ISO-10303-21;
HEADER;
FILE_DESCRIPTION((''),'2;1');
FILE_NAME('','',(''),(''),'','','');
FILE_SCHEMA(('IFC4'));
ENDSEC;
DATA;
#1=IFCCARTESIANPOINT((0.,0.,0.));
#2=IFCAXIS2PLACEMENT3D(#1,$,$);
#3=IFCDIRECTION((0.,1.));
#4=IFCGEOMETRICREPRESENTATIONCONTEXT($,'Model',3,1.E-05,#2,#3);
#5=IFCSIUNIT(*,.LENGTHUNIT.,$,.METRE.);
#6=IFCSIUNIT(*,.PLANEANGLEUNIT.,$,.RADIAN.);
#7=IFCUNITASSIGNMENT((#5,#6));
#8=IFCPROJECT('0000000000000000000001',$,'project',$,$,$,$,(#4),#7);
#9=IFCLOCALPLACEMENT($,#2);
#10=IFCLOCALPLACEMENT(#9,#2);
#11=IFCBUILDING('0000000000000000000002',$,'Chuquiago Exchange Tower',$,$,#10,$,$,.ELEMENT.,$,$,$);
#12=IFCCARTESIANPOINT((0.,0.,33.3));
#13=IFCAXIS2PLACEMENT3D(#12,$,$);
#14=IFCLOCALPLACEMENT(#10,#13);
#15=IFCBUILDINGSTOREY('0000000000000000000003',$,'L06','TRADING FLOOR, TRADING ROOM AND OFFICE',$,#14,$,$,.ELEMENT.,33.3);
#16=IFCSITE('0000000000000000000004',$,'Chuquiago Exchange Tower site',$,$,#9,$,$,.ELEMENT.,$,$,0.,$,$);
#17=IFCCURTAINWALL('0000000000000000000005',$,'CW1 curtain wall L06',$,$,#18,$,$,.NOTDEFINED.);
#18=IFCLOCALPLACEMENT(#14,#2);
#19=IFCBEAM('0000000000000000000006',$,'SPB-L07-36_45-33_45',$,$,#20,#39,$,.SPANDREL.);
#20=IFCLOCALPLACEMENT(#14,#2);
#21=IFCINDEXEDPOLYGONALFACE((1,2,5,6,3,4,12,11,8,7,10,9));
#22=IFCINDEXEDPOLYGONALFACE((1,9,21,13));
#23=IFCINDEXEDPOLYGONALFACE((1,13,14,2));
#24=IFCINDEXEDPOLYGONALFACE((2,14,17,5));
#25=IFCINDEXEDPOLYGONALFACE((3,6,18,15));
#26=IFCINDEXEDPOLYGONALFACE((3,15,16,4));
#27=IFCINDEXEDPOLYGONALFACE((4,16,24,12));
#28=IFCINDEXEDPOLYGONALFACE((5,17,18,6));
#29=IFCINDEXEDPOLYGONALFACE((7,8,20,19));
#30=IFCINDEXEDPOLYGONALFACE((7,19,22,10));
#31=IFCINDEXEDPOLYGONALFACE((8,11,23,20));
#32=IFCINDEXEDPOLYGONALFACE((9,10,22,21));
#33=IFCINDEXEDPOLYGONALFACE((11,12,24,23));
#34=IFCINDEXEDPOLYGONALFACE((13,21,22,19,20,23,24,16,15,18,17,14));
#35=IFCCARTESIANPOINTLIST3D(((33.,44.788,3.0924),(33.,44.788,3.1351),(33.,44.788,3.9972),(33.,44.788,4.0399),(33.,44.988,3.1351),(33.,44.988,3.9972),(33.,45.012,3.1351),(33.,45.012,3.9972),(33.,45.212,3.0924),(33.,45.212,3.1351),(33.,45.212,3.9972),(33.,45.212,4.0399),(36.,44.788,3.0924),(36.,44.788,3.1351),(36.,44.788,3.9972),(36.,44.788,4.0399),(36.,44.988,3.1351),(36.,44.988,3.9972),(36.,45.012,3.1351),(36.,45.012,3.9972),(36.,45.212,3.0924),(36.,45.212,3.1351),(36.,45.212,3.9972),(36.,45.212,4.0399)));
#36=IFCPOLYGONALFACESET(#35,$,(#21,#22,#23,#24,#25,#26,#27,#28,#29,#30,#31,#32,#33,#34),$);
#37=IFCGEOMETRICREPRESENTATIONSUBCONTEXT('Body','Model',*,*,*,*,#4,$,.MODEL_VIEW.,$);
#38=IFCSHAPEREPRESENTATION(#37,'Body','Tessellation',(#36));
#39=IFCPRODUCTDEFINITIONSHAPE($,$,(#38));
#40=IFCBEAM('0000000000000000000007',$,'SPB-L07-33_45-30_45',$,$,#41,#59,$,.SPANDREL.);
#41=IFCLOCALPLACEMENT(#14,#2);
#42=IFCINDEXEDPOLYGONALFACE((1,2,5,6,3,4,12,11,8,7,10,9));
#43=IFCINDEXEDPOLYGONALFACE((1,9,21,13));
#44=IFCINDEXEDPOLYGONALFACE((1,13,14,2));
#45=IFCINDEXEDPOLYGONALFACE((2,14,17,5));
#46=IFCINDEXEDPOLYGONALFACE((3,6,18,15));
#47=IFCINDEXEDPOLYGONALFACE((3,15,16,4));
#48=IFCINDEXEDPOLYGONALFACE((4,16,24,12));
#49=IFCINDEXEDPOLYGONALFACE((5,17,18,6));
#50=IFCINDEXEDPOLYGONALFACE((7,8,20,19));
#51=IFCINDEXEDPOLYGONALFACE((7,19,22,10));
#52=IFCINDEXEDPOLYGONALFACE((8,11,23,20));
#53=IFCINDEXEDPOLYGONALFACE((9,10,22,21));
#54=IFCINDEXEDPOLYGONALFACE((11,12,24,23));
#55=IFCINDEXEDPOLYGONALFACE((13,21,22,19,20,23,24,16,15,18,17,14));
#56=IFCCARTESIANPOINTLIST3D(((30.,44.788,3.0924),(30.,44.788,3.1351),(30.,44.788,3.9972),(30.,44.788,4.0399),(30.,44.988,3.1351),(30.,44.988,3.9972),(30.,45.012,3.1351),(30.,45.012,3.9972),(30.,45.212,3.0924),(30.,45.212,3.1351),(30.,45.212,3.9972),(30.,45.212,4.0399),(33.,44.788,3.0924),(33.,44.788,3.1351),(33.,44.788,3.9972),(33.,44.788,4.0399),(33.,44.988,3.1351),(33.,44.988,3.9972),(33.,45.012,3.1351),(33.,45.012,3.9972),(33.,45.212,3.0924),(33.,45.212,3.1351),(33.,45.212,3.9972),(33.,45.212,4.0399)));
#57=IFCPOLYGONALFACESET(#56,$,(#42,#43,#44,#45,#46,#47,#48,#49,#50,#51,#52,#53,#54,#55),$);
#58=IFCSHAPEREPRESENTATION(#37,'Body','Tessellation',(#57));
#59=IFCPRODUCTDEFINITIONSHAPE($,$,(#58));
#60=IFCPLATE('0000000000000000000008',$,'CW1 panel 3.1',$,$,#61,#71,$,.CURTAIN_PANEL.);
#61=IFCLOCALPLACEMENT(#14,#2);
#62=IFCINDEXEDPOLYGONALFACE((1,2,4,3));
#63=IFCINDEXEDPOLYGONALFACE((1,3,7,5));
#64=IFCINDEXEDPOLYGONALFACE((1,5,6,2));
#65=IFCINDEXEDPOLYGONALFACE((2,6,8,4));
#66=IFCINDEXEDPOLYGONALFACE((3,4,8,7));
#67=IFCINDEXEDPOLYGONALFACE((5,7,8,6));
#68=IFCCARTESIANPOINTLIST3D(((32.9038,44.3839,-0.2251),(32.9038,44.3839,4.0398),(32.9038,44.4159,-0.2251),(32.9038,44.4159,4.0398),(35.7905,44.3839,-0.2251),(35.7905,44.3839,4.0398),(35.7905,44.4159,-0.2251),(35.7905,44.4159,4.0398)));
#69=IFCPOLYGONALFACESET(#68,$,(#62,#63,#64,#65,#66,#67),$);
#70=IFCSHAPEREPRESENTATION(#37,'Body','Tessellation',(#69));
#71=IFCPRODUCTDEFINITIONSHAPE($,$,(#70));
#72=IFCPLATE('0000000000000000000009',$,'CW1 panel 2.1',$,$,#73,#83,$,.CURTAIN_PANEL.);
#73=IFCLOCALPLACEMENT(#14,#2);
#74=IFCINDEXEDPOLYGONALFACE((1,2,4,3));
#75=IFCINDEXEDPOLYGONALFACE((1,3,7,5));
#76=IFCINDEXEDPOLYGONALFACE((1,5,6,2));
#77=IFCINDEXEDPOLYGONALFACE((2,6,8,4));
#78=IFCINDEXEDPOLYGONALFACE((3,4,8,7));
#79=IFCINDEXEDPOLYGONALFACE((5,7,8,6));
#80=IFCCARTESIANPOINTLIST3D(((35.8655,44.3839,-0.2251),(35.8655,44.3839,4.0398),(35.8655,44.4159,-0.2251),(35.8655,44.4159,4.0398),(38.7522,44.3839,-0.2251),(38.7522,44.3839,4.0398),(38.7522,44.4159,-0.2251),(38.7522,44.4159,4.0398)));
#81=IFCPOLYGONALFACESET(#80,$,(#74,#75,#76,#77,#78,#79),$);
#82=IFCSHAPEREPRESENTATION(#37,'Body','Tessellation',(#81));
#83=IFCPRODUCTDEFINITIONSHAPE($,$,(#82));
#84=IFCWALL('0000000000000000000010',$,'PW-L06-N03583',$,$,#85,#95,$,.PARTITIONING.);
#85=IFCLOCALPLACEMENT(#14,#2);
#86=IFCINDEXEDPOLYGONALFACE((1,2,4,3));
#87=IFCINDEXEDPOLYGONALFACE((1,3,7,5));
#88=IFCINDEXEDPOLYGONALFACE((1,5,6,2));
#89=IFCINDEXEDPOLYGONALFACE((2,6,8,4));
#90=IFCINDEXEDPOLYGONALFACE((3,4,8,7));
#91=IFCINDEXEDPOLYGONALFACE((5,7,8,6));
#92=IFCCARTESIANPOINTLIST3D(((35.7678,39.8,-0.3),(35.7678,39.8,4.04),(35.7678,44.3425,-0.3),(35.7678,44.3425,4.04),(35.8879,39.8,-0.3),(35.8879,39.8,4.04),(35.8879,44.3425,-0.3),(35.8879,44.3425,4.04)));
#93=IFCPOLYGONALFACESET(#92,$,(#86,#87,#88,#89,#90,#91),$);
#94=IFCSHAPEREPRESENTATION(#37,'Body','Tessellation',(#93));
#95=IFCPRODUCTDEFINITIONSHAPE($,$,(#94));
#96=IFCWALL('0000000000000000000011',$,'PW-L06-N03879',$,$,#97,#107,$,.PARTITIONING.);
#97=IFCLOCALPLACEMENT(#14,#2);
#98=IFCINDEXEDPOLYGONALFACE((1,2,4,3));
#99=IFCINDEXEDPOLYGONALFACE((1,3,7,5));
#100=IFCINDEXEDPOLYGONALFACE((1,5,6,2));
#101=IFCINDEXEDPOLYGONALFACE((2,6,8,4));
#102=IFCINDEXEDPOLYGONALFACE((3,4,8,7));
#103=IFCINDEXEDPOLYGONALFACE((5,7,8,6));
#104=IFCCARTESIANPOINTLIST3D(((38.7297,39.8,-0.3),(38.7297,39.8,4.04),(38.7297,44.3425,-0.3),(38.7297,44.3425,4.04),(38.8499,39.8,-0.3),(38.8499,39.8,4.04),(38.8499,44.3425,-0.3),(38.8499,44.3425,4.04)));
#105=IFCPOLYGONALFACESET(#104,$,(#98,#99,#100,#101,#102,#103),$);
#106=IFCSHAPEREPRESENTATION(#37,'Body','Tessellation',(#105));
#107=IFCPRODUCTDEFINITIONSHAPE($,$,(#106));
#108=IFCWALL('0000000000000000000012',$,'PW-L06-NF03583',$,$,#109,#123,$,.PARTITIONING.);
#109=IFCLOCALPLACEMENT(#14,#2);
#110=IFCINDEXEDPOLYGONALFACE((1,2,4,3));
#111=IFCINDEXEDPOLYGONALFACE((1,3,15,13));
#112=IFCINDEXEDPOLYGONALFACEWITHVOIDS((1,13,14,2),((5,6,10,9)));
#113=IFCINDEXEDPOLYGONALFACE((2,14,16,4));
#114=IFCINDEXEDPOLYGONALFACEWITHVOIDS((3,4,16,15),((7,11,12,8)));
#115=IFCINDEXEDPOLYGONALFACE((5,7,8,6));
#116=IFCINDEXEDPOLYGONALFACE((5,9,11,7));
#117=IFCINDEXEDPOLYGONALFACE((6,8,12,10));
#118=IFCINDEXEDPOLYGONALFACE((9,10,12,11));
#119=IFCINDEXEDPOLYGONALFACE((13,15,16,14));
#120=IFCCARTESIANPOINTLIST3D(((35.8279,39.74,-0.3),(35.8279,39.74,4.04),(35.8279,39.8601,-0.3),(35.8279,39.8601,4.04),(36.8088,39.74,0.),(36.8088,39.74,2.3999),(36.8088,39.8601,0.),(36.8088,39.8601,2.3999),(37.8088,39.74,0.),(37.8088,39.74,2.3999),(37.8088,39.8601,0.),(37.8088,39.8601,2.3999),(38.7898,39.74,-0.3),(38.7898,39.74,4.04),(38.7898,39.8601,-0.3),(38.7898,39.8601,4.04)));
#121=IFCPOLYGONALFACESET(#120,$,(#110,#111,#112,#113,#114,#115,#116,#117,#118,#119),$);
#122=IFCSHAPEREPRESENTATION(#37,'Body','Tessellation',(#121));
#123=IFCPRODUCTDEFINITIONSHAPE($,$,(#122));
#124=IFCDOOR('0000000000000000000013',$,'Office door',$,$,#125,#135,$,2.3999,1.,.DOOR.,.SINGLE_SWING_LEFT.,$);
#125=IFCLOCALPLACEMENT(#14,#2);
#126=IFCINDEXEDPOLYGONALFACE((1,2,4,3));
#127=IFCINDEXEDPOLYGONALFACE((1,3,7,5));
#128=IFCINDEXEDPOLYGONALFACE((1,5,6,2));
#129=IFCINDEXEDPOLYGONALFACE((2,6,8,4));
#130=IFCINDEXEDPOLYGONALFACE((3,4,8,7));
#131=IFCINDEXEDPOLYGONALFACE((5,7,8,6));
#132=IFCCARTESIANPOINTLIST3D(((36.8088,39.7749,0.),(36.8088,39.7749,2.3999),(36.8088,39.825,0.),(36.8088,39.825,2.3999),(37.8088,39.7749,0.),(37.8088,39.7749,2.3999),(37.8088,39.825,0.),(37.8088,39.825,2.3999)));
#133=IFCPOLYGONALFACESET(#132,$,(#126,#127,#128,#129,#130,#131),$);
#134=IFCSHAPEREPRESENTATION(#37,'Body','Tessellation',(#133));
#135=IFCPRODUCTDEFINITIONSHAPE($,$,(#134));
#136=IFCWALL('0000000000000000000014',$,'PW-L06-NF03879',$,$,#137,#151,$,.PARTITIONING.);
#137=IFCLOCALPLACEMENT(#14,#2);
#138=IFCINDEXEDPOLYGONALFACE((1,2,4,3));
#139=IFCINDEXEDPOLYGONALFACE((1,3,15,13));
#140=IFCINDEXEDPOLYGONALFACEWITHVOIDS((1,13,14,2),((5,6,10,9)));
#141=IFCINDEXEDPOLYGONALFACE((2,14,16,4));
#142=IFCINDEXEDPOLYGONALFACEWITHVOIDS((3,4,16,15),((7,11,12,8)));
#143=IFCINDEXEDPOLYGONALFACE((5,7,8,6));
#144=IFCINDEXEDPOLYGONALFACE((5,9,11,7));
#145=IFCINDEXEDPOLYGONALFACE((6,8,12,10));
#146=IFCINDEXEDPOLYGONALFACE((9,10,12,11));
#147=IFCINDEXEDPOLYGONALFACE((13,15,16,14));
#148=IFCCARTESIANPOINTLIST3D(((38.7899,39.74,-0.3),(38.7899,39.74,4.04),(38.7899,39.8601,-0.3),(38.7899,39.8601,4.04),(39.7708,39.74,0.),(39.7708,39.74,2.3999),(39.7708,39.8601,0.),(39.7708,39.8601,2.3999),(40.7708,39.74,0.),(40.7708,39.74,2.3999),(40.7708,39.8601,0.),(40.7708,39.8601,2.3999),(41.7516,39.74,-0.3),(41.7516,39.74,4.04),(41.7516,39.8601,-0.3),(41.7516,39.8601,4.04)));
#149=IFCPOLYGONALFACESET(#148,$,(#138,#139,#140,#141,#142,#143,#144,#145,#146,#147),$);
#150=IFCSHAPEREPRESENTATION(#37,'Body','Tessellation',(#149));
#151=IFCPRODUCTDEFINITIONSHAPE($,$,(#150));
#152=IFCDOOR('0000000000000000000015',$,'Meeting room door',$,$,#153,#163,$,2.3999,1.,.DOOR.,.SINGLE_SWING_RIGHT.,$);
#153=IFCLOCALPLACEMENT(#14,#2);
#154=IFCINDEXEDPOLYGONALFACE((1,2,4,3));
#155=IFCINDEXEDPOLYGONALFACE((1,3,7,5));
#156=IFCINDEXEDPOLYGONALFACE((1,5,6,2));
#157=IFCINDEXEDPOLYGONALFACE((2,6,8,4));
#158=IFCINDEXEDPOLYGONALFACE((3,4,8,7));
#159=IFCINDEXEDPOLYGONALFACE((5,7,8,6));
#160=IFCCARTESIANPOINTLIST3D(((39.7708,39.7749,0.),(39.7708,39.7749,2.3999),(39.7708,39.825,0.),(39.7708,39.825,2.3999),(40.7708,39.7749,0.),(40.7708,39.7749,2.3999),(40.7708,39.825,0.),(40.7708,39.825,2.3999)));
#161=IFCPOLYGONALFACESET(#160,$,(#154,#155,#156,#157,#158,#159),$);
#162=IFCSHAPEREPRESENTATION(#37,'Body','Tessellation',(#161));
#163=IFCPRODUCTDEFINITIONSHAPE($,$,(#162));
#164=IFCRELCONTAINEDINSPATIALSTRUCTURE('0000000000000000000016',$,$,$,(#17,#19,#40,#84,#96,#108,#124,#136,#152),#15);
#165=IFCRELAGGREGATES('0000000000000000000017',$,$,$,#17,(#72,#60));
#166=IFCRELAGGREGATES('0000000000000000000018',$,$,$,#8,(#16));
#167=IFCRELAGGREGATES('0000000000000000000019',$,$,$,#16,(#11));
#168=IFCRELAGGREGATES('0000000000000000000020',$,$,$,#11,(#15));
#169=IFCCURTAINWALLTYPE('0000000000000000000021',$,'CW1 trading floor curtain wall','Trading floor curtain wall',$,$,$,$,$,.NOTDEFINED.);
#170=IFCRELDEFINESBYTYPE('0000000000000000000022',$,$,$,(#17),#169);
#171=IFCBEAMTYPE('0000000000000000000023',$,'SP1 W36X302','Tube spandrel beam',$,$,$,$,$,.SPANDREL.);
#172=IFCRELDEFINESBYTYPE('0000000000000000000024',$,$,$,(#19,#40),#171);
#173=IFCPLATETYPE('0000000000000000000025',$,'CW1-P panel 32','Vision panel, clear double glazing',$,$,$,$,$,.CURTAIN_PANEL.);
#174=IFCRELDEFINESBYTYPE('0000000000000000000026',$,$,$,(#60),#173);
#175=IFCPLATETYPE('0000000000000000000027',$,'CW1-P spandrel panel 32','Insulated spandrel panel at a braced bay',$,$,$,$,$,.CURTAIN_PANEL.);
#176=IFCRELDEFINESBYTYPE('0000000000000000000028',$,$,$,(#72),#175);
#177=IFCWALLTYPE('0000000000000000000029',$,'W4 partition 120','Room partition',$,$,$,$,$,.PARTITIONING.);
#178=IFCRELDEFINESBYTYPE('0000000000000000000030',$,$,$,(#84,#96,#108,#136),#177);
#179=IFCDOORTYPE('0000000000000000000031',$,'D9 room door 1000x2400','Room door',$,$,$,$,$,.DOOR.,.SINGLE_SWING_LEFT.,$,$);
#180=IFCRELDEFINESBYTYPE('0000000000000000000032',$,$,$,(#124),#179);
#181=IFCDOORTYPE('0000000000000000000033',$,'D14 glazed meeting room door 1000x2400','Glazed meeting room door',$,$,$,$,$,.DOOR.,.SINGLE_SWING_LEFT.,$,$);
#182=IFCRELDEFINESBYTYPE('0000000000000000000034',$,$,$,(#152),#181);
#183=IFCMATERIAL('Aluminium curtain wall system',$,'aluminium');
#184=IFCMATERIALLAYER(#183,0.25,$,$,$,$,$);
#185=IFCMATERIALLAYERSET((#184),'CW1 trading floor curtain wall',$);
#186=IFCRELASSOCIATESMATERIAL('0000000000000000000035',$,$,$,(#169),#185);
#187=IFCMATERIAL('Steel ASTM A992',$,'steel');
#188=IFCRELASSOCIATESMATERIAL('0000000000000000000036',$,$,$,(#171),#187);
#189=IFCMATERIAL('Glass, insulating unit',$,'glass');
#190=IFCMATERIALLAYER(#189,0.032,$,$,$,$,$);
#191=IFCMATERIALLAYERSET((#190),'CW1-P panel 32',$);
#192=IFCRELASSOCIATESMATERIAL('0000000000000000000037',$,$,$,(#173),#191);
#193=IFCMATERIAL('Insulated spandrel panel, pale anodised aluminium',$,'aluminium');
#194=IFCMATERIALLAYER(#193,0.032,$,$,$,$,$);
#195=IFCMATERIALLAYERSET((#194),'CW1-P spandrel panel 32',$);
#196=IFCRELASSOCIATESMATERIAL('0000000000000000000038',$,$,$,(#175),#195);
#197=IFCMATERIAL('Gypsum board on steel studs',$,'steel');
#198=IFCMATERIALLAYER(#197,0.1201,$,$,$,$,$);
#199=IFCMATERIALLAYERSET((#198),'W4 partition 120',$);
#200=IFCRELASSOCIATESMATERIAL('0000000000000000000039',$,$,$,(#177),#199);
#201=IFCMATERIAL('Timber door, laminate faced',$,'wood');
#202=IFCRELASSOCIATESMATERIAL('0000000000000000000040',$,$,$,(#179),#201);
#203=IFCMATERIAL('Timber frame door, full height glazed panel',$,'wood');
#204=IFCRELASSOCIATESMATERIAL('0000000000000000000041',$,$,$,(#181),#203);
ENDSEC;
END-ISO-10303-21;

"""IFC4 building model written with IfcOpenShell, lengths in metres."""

from ifc_helpers import new_model, si_unit, direction, frame, frame_2d, origin, origin_2d, place, context, subcontext, project, spatial, rectangle, i_section, extrude, material, layer, layer_set, material_profile, profile_set, type_object, element, fill, aggregate, save


model = new_model("IFC4")

# Units and contexts
model_context = context("Model", 3, precision=1e-05, world=origin(), true_north=direction((0.0, 1.0)))
body_context = subcontext(model_context, "Body", "Model", "MODEL_VIEW")
ifc_project = project(units=[si_unit("LENGTHUNIT", "METRE"), si_unit("PLANEANGLEUNIT", "RADIAN")], contexts=[model_context])

# Site, building, storey
site_placement = place(None, origin())
site = spatial("IfcSite", under=ifc_project, at=site_placement, Name="Chuquiago Exchange Tower site", CompositionType="ELEMENT", RefElevation=0.0)
building_placement = place(site_placement, origin())
building = spatial("IfcBuilding", under=site, at=building_placement, Name="Chuquiago Exchange Tower", CompositionType="ELEMENT")
storey_placement = place(building_placement, frame((0.0, 0.0, 33.3)))
storey = spatial("IfcBuildingStorey", under=building, at=storey_placement, Name="L06", Description="TRADING FLOOR, TRADING ROOM AND OFFICE", CompositionType="ELEMENT", Elevation=33.3)

# Curtain wall
ifc_material_1 = material(Name="Aluminium curtain wall system", Category="aluminium")
ifc_layer_1 = layer(ifc_material_1, 0.25)
ifc_layer_set_1 = layer_set([ifc_layer_1], Name="CW1 trading floor curtain wall")
curtain_wall_type = type_object("IfcCurtainWallType", Name="CW1 trading floor curtain wall", Description="Trading floor curtain wall", PredefinedType="NOTDEFINED", material=ifc_layer_set_1)
curtain_wall_placement = place(storey_placement, origin())
curtain_wall = element("IfcCurtainWall", 1, at=curtain_wall_placement, inside=storey, type_object=curtain_wall_type, Name="CW1 curtain wall L06", PredefinedType="NOTDEFINED")

# Beams
ifc_material_2 = material(Name="Steel ASTM A992", Category="steel")
ifc_material_profile_1 = material_profile(ifc_material_2, i_section(OverallWidth=0.4241, OverallDepth=0.9475, WebThickness=0.0239, FlangeThickness=0.0427, at=origin_2d()), Name="W36X302")
ifc_profile_set_1 = profile_set([ifc_material_profile_1], Name="Steel ASTM A992")
beam_type_1 = type_object("IfcBeamType", Name="SP1 W36X302", Description="Tube spandrel beam", PredefinedType="SPANDREL", material=ifc_profile_set_1)
for number, where, z_axis, x_axis, name in (
    (2, (36.0, 45.0, 3.5662), (-1.0, 0.0, 0.0), (0.0, -1.0, 0.0), "SPB-L07-36_45-33_45"),
    (3, (33.0, 45.0, 3.5662), (-1.0, 0.0, 0.0), (0.0, -1.0, 0.0), "SPB-L07-33_45-30_45"),
):
    element("IfcBeam", number, at=place(storey_placement, frame(where, z_axis=z_axis, x_axis=x_axis)), inside=storey, type_object=beam_type_1, Name=name, PredefinedType="SPANDREL", context=body_context, shape_type="SweptSolid", body=[
        extrude(i_section(OverallWidth=0.4241, OverallDepth=0.9475, WebThickness=0.0239, FlangeThickness=0.0427, at=origin_2d()), origin(), (0.0, 0.0, 1.0), 3.0),
    ])

# Plates
ifc_material_3 = material(Name="Glass, insulating unit", Category="glass")
ifc_layer_2 = layer(ifc_material_3, 0.032)
ifc_layer_set_2 = layer_set([ifc_layer_2], Name="CW1-P panel 32")
plate_type_1 = type_object("IfcPlateType", Name="CW1-P panel 32", Description="Vision panel, clear double glazing", PredefinedType="CURTAIN_PANEL", material=ifc_layer_set_2)
plate_1_placement = place(storey_placement, frame((34.3472, 44.3999, -0.2251), z_axis=(0.0, 0.0, 1.0), x_axis=(-1.0, 0.0, 0.0)))
plate_1 = element("IfcPlate", 4, at=plate_1_placement, type_object=plate_type_1, Name="CW1 panel 3.1", PredefinedType="CURTAIN_PANEL", context=body_context, shape_type="SweptSolid", body=[
    extrude(rectangle(XDim=2.8867, YDim=0.032, at=origin_2d()), origin(), (0.0, 0.0, 1.0), 4.2649),
])
ifc_material_4 = material(Name="Insulated spandrel panel, pale anodised aluminium", Category="aluminium")
ifc_layer_3 = layer(ifc_material_4, 0.032)
ifc_layer_set_3 = layer_set([ifc_layer_3], Name="CW1-P spandrel panel 32")
plate_type_2 = type_object("IfcPlateType", Name="CW1-P spandrel panel 32", Description="Insulated spandrel panel at a braced bay", PredefinedType="CURTAIN_PANEL", material=ifc_layer_set_3)
plate_2_placement = place(storey_placement, frame((37.3088, 44.3999, -0.2251), z_axis=(0.0, 0.0, 1.0), x_axis=(-1.0, 0.0, 0.0)))
plate_2 = element("IfcPlate", 5, at=plate_2_placement, type_object=plate_type_2, Name="CW1 panel 2.1", PredefinedType="CURTAIN_PANEL", context=body_context, shape_type="SweptSolid", body=[
    extrude(rectangle(XDim=2.8867, YDim=0.032, at=origin_2d()), origin(), (0.0, 0.0, 1.0), 4.2649),
])
aggregate(curtain_wall, [plate_2, plate_1])

# Walls
ifc_material_5 = material(Name="Gypsum board on steel studs", Category="steel")
ifc_layer_4 = layer(ifc_material_5, 0.1201)
ifc_layer_set_4 = layer_set([ifc_layer_4], Name="W4 partition 120")
wall_type = type_object("IfcWallType", Name="W4 partition 120", Description="Room partition", PredefinedType="PARTITIONING", material=ifc_layer_set_4)
for number, where, z_axis, x_axis, name in (
    (6, (35.8279, 44.3425, -0.3), (0.0, 0.0, 1.0), (0.0, -1.0, 0.0), "PW-L06-N03583"),
    (7, (38.7898, 44.3425, -0.3), (0.0, 0.0, 1.0), (0.0, -1.0, 0.0), "PW-L06-N03879"),
):
    element("IfcWall", number, at=place(storey_placement, frame(where, z_axis=z_axis, x_axis=x_axis)), inside=storey, type_object=wall_type, Name=name, PredefinedType="PARTITIONING", context=body_context, shape_type="SweptSolid", body=[
        extrude(rectangle(XDim=4.5425, YDim=0.1201, at=frame_2d((2.2712, 0.0))), origin(), (0.0, 0.0, 1.0), 4.3401),
    ])

# Walls, openings, doors
wall_1_placement = place(storey_placement, frame((35.8279, 39.8, -0.3), z_axis=(0.0, 0.0, 1.0), x_axis=(1.0, 0.0, 0.0)))
wall_1 = element("IfcWall", 8, at=wall_1_placement, inside=storey, type_object=wall_type, Name="PW-L06-NF03583", PredefinedType="PARTITIONING", context=body_context, shape_type="SweptSolid", body=[
    extrude(rectangle(XDim=2.9619, YDim=0.1201, at=frame_2d((1.481, 0.0))), origin(), (0.0, 0.0, 1.0), 4.3401),
])
opening_1_placement = place(wall_1_placement, frame((0.981, 0.0, 0.3)))
opening_1 = element("IfcOpeningElement", 9, at=opening_1_placement, cuts=wall_1, PredefinedType="OPENING", context=body_context, shape_type="SweptSolid", body=[
    extrude(rectangle(XDim=1.0, YDim=2.3999, at=frame_2d((0.5, 1.2))), frame((0.0, 0.0701, 0.0), z_axis=(0.0, -1.0, 0.0), x_axis=(1.0, 0.0, 0.0)), (0.0, 0.0, 1.0), 0.1401),
])
ifc_material_6 = material(Name="Timber door, laminate faced", Category="wood")
door_type_1 = type_object("IfcDoorType", Name="D9 room door 1000x2400", Description="Room door", OperationType="SINGLE_SWING_LEFT", PredefinedType="DOOR", material=ifc_material_6)
door_1_placement = place(opening_1_placement, origin())
door_1 = element("IfcDoor", 10, at=door_1_placement, inside=storey, type_object=door_type_1, Name="Office door", OperationType="SINGLE_SWING_LEFT", OverallHeight=2.3999, OverallWidth=1.0, PredefinedType="DOOR", context=body_context, shape_type="SweptSolid", body=[
    extrude(rectangle(XDim=1.0, YDim=2.3999, at=frame_2d((0.5, 1.2))), frame((0.0, 0.0249, 0.0), z_axis=(0.0, -1.0, 0.0), x_axis=(1.0, 0.0, 0.0)), (0.0, 0.0, 1.0), 0.05),
])
fill(opening_1, door_1)
wall_2_placement = place(storey_placement, frame((38.7898, 39.8, -0.3), z_axis=(0.0, 0.0, 1.0), x_axis=(1.0, 0.0, 0.0)))
wall_2 = element("IfcWall", 11, at=wall_2_placement, inside=storey, type_object=wall_type, Name="PW-L06-NF03879", PredefinedType="PARTITIONING", context=body_context, shape_type="SweptSolid", body=[
    extrude(rectangle(XDim=2.9617, YDim=0.1201, at=frame_2d((1.481, 0.0))), origin(), (0.0, 0.0, 1.0), 4.3401),
])
opening_2_placement = place(wall_2_placement, frame((0.981, 0.0, 0.3)))
opening_2 = element("IfcOpeningElement", 12, at=opening_2_placement, cuts=wall_2, PredefinedType="OPENING", context=body_context, shape_type="SweptSolid", body=[
    extrude(rectangle(XDim=1.0, YDim=2.3999, at=frame_2d((0.5, 1.2))), frame((0.0, 0.0701, 0.0), z_axis=(0.0, -1.0, 0.0), x_axis=(1.0, 0.0, 0.0)), (0.0, 0.0, 1.0), 0.1401),
])
ifc_material_7 = material(Name="Timber frame door, full height glazed panel", Category="wood")
door_type_2 = type_object("IfcDoorType", Name="D14 glazed meeting room door 1000x2400", Description="Glazed meeting room door", OperationType="SINGLE_SWING_LEFT", PredefinedType="DOOR", material=ifc_material_7)
door_2_placement = place(opening_2_placement, origin())
door_2 = element("IfcDoor", 13, at=door_2_placement, inside=storey, type_object=door_type_2, Name="Meeting room door", OperationType="SINGLE_SWING_RIGHT", OverallHeight=2.3999, OverallWidth=1.0, PredefinedType="DOOR", context=body_context, shape_type="SweptSolid", body=[
    extrude(rectangle(XDim=1.0, YDim=2.3999, at=frame_2d((0.5, 1.2))), frame((0.0, 0.0249, 0.0), z_axis=(0.0, -1.0, 0.0), x_axis=(1.0, 0.0, 0.0)), (0.0, 0.0, 1.0), 0.05),
])
fill(opening_2, door_2)

save(model, "model.ifc")
